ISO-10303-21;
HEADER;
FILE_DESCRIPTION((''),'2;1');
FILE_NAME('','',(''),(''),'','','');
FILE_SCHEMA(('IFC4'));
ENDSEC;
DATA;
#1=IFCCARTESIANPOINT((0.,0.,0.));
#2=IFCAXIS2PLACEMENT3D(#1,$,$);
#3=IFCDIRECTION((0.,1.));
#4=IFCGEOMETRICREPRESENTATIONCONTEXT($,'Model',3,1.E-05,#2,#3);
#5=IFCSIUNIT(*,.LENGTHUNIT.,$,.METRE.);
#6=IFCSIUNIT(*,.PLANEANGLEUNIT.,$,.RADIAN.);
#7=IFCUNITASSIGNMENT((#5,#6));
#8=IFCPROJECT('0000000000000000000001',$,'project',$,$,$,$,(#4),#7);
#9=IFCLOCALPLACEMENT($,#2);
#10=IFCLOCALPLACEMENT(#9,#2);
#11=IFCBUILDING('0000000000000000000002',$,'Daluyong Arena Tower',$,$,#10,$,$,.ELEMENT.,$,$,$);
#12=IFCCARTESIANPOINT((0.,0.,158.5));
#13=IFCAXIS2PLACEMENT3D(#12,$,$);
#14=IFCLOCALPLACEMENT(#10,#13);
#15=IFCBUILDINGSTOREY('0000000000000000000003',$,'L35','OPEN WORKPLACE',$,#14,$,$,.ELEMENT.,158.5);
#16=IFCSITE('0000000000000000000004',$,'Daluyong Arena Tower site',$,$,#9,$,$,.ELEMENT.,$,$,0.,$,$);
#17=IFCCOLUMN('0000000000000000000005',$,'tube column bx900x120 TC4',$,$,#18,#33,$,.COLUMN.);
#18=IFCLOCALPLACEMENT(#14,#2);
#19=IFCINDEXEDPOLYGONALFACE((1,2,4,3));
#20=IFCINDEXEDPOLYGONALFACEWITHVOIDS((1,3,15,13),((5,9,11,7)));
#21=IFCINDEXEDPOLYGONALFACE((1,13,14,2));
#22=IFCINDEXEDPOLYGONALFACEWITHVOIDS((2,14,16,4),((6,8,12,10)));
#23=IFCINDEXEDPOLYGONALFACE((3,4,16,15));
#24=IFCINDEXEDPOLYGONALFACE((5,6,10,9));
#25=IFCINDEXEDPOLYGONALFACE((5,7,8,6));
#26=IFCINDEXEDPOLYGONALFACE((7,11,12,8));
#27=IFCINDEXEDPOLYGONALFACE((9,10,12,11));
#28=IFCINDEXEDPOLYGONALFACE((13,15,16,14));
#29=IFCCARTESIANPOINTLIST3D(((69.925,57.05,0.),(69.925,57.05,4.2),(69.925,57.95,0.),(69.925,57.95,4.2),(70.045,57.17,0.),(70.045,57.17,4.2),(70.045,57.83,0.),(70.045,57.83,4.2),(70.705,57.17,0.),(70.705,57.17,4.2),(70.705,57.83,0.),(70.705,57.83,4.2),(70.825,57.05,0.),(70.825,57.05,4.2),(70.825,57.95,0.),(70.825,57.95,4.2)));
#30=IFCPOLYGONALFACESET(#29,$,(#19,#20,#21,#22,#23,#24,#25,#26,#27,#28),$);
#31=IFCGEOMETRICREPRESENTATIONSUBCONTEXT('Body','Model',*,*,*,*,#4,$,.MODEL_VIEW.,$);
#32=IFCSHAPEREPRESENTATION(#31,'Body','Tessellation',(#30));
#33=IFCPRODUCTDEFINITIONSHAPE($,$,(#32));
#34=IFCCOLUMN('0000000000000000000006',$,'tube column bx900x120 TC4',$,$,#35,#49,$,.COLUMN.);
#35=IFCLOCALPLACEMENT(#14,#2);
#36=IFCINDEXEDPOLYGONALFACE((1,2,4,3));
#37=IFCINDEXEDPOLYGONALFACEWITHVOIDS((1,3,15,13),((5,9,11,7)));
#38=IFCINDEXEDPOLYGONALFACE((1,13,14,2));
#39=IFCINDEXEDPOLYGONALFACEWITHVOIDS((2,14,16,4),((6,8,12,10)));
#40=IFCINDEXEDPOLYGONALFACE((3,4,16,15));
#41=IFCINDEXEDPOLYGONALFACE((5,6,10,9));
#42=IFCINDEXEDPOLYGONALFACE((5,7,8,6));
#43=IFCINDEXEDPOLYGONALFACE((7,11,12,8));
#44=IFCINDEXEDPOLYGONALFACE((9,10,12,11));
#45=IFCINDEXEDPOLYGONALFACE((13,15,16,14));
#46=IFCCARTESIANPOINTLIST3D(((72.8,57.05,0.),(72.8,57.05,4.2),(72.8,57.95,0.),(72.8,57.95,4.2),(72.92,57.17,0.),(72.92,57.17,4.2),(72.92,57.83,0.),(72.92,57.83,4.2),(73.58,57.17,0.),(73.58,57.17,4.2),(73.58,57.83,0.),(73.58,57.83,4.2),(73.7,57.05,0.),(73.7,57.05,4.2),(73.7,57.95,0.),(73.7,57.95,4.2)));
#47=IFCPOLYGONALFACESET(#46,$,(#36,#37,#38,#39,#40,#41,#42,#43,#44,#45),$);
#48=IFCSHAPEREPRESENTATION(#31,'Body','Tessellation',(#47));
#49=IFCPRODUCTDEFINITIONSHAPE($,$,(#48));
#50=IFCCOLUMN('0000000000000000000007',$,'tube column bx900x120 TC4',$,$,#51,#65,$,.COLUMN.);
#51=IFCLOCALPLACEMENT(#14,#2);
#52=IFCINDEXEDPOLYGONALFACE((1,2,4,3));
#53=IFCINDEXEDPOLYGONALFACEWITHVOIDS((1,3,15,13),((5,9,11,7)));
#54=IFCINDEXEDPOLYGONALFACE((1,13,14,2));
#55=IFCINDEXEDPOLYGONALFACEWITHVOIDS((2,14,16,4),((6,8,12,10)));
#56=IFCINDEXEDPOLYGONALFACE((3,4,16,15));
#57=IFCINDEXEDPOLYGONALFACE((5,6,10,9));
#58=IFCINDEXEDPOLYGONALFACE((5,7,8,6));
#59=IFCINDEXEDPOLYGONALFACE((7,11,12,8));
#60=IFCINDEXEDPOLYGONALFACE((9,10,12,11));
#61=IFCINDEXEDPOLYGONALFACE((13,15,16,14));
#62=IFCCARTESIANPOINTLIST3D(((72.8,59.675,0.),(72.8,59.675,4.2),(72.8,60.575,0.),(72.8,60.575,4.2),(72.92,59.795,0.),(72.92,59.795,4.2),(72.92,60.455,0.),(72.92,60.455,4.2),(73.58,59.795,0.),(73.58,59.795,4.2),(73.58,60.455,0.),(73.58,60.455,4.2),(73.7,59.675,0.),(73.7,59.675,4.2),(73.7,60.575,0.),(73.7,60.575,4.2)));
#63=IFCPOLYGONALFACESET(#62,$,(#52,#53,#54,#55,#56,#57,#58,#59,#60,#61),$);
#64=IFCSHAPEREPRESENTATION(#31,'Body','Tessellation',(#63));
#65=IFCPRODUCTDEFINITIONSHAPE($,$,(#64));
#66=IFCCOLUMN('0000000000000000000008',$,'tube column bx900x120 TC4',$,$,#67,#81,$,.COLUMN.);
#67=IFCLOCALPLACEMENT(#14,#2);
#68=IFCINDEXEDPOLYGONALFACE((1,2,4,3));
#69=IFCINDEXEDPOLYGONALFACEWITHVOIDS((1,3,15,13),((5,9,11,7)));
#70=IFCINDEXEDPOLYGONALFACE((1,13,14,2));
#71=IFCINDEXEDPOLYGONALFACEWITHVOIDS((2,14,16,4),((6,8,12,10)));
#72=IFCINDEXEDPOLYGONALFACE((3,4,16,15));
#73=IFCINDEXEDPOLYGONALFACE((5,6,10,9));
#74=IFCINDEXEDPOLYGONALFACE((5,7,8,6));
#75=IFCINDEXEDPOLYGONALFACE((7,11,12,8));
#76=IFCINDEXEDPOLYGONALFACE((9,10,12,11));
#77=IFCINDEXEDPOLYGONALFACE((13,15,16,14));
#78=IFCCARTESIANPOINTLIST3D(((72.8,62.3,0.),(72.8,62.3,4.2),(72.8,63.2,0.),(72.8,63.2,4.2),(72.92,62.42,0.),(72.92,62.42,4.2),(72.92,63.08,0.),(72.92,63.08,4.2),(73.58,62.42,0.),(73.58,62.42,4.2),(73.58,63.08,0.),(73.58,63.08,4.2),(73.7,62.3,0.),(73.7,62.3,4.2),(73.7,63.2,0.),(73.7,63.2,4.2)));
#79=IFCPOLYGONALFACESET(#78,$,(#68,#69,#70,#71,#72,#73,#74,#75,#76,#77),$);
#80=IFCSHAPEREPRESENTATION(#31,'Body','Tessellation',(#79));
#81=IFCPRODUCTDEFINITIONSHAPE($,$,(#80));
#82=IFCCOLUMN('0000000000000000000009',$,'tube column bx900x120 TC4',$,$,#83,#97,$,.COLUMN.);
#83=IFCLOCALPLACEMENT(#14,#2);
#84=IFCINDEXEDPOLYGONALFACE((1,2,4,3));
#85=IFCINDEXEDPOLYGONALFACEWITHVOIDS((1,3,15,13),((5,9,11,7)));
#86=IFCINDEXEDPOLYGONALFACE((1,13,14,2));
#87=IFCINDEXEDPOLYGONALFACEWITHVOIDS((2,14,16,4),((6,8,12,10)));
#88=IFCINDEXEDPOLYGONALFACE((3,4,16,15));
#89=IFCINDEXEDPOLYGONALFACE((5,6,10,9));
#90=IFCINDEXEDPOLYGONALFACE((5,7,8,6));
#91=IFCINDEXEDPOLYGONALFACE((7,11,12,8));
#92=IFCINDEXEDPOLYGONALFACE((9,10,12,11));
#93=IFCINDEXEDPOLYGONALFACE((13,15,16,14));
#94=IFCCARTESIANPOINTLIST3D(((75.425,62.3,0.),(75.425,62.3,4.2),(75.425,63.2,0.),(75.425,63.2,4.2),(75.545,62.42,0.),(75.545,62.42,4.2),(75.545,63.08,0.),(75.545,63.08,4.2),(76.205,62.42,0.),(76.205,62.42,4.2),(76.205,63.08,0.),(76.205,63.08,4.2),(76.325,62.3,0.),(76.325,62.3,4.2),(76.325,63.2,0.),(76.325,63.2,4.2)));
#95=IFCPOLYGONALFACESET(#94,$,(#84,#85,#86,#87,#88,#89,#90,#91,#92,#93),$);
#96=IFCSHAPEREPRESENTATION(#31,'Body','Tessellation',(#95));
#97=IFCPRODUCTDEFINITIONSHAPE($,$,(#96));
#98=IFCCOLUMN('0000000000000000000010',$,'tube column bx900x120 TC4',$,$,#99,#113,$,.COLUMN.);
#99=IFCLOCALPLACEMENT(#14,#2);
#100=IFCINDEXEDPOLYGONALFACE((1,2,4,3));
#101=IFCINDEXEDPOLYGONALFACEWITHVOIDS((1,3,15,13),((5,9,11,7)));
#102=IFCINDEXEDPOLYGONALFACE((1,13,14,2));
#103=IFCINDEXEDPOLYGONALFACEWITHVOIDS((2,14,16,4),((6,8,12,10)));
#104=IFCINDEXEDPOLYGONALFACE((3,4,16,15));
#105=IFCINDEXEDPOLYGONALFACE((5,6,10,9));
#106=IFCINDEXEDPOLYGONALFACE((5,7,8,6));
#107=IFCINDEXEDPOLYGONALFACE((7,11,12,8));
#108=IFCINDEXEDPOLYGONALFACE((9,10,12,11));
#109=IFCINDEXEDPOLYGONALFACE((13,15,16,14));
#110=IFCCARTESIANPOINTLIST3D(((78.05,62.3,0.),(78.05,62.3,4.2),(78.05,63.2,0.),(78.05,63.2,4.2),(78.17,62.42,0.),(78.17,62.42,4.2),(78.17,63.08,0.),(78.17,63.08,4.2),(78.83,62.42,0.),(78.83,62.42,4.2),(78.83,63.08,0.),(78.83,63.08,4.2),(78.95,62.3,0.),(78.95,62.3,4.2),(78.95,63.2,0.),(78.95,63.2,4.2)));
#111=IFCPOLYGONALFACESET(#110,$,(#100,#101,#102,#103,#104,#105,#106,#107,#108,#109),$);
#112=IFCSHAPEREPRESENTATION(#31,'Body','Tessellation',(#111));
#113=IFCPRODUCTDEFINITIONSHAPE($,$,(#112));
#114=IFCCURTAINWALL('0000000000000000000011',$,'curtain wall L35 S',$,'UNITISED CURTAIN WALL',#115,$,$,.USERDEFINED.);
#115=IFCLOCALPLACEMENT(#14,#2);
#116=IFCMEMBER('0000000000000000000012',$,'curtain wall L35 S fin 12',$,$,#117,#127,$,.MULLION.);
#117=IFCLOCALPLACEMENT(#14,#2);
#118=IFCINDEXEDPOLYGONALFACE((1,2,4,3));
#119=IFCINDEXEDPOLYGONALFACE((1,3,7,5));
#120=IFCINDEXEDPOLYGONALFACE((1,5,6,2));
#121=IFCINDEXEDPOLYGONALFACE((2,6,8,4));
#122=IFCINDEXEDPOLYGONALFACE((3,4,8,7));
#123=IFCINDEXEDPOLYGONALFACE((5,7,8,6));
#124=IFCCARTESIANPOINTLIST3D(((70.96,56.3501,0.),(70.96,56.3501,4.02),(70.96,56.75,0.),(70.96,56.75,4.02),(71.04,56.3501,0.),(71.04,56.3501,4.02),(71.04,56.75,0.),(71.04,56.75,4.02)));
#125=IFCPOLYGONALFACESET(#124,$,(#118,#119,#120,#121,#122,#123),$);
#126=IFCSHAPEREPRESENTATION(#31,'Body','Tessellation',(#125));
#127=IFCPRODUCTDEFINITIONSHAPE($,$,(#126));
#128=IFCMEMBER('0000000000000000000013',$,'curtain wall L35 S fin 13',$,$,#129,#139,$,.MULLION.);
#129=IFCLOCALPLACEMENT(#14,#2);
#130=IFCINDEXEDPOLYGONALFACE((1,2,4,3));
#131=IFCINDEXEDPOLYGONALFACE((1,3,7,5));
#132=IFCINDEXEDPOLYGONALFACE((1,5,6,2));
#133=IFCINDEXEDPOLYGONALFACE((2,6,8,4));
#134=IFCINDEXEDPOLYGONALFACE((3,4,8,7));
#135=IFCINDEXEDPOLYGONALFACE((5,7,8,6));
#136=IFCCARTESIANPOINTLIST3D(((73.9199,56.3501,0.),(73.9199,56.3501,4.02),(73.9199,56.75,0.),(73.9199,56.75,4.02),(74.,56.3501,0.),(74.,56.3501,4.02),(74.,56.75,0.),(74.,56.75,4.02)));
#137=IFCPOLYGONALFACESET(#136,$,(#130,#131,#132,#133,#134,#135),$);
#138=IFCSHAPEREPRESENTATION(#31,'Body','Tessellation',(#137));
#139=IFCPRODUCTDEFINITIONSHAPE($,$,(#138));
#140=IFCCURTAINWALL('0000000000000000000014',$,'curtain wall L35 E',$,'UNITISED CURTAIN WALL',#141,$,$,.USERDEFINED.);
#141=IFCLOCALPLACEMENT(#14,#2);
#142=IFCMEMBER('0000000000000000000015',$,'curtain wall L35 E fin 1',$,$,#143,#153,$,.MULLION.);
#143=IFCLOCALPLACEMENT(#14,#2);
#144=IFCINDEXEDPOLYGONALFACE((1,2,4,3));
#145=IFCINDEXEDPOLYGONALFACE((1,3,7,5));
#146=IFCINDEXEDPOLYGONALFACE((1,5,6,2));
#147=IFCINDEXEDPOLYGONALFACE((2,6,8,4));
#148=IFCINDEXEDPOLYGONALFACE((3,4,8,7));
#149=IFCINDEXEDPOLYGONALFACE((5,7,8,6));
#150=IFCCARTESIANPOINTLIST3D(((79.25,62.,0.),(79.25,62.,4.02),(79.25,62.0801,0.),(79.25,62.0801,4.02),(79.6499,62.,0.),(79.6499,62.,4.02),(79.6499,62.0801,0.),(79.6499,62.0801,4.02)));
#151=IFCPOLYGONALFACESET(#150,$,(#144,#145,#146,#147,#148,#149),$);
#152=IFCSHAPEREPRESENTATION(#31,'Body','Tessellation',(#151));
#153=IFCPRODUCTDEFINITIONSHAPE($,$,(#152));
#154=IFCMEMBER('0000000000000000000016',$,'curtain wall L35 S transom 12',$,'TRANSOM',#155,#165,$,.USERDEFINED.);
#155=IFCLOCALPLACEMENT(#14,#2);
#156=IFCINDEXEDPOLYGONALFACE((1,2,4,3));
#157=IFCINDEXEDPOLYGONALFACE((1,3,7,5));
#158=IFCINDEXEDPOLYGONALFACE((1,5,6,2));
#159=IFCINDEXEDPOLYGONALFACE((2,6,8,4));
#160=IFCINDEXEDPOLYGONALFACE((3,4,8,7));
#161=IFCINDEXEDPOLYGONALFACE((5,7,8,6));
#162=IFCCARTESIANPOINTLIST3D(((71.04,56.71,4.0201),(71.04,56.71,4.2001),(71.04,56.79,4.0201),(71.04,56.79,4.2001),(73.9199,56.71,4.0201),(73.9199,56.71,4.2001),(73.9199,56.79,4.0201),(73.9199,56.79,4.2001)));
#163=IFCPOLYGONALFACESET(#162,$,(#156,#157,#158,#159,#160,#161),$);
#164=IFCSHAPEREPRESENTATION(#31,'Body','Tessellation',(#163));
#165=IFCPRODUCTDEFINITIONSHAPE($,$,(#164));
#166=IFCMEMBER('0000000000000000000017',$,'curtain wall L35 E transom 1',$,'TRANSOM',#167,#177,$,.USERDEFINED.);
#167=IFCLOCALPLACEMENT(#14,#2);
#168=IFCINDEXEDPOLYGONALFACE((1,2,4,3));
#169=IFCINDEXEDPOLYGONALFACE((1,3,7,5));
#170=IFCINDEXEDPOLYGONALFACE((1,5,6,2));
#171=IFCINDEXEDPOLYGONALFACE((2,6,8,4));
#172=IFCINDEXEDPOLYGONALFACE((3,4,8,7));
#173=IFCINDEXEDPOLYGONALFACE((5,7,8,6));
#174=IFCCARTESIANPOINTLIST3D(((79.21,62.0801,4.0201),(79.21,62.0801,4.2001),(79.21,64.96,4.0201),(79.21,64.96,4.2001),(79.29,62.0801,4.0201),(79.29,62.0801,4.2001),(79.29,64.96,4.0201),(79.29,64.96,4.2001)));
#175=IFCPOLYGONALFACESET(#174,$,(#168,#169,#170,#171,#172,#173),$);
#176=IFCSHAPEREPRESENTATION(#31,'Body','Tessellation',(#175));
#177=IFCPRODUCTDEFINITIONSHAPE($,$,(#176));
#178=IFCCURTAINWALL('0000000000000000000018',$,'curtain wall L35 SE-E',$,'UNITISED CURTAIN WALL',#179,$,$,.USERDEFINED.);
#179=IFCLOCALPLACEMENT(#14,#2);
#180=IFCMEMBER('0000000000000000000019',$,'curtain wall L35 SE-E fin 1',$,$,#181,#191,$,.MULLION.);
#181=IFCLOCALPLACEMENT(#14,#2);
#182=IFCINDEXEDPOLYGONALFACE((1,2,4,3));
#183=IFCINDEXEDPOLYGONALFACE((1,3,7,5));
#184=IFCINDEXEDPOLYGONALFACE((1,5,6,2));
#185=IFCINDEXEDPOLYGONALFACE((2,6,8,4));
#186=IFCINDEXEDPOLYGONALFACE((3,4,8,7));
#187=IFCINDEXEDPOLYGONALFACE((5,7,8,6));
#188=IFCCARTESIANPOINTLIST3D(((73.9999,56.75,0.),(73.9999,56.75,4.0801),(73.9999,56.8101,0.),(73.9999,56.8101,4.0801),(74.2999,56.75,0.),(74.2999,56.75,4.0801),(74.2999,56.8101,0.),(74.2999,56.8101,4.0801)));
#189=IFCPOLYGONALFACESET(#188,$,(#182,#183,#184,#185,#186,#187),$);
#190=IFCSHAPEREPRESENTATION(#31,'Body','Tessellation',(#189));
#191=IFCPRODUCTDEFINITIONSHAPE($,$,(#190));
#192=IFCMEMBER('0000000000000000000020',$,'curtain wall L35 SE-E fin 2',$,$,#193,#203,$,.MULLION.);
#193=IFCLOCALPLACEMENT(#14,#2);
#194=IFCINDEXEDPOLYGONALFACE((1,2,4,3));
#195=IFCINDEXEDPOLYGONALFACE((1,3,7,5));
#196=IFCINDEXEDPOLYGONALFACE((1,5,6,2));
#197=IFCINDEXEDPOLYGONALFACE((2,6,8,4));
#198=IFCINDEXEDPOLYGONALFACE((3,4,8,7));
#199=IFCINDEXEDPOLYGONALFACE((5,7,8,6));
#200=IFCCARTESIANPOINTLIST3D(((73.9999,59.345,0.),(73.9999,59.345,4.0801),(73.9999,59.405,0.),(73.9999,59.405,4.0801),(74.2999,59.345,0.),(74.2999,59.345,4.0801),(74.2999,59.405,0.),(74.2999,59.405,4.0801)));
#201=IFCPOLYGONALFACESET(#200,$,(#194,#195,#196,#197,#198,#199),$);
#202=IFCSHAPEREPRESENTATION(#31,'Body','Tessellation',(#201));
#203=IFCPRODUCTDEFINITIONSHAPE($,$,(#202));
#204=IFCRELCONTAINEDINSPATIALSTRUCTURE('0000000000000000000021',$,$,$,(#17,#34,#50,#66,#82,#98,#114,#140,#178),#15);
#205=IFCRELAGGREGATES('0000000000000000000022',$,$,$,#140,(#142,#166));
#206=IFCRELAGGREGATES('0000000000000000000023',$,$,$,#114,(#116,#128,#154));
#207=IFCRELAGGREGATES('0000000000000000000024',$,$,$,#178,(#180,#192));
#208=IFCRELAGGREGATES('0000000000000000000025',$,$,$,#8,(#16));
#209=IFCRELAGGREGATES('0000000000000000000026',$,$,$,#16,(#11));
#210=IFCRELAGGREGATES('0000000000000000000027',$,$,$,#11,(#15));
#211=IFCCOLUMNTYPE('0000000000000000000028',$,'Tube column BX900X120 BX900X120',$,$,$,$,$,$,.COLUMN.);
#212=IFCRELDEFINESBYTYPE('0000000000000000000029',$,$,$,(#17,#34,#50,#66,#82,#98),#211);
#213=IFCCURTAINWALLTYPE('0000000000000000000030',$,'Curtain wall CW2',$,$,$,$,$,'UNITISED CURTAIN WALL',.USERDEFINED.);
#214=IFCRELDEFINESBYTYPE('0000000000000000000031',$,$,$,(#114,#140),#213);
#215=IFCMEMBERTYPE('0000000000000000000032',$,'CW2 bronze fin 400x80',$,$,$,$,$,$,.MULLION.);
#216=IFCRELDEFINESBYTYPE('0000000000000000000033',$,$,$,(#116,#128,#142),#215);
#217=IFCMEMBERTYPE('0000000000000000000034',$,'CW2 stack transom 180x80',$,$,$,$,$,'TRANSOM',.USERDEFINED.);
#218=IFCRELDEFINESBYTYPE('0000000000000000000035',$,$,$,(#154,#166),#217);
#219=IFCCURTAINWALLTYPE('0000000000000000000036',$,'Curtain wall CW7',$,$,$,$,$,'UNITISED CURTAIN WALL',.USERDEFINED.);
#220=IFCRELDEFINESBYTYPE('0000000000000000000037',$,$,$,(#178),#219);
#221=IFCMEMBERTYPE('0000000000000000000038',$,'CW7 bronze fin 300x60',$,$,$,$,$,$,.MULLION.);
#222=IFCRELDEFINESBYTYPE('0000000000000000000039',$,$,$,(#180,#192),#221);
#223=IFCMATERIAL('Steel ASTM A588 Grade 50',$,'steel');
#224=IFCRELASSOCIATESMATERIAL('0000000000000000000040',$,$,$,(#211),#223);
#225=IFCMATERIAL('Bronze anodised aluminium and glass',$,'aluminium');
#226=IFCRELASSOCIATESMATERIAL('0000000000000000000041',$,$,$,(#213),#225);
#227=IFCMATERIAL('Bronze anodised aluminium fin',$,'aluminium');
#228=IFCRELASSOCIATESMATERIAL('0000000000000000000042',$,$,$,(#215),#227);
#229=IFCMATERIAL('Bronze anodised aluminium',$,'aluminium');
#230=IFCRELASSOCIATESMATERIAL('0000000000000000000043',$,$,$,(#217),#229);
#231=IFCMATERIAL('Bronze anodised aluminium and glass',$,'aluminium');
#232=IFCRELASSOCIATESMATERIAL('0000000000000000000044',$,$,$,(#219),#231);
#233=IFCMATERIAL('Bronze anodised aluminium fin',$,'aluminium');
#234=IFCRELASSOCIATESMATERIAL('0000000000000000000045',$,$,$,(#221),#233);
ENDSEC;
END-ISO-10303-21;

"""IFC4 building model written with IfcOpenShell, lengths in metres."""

from ifc_helpers import new_model, si_unit, direction, frame, origin, origin_2d, place, context, subcontext, project, spatial, rectangle, hollow_rectangle, extrude, material, material_profile, profile_set, type_object, element, aggregate, save


model = new_model("IFC4")

# Units and contexts
model_context = context("Model", 3, precision=1e-05, world=origin(), true_north=direction((0.0, 1.0)))
body_context = subcontext(model_context, "Body", "Model", "MODEL_VIEW")
ifc_project = project(units=[si_unit("LENGTHUNIT", "METRE"), si_unit("PLANEANGLEUNIT", "RADIAN")], contexts=[model_context])

# Site, building, storey
site_placement = place(None, origin())
site = spatial("IfcSite", under=ifc_project, at=site_placement, Name="Daluyong Arena Tower site", CompositionType="ELEMENT", RefElevation=0.0)
building_placement = place(site_placement, origin())
building = spatial("IfcBuilding", under=site, at=building_placement, Name="Daluyong Arena Tower", CompositionType="ELEMENT")
storey_placement = place(building_placement, frame((0.0, 0.0, 158.5)))
storey = spatial("IfcBuildingStorey", under=building, at=storey_placement, Name="L35", Description="OPEN WORKPLACE", CompositionType="ELEMENT", Elevation=158.5)

# Columns
ifc_material_1 = material(Name="Steel ASTM A588 Grade 50", Category="steel")
ifc_material_profile_1 = material_profile(ifc_material_1, hollow_rectangle(XDim=0.8999, YDim=0.8999, WallThickness=0.12, at=origin_2d()))
ifc_profile_set_1 = profile_set([ifc_material_profile_1], Name="Steel ASTM A588 Grade 50")
column_type = type_object("IfcColumnType", Name="Tube column BX900X120 BX900X120", PredefinedType="COLUMN", material=ifc_profile_set_1)
for number, where, z_axis, x_axis, name in (
    (1, (70.375, 57.5, 0.0), (0.0, 0.0, 1.0), (1.0, 0.0, 0.0), "tube column bx900x120 TC4"),
    (2, (73.25, 57.5, 0.0), (0.0, 0.0, 1.0), (0.0, 1.0, 0.0), "tube column bx900x120 TC4"),
    (3, (73.25, 60.125, 0.0), (0.0, 0.0, 1.0), (0.0, 1.0, 0.0), "tube column bx900x120 TC4"),
    (4, (73.25, 62.75, 0.0), (0.0, 0.0, 1.0), (1.0, 0.0, 0.0), "tube column bx900x120 TC4"),
    (5, (75.875, 62.75, 0.0), (0.0, 0.0, 1.0), (1.0, 0.0, 0.0), "tube column bx900x120 TC4"),
    (6, (78.5, 62.75, 0.0), (0.0, 0.0, 1.0), (0.0, 1.0, 0.0), "tube column bx900x120 TC4"),
):
    element("IfcColumn", number, at=place(storey_placement, frame(where, z_axis=z_axis, x_axis=x_axis)), inside=storey, type_object=column_type, Name=name, PredefinedType="COLUMN", context=body_context, shape_type="SweptSolid", body=[
        extrude(hollow_rectangle(XDim=0.8999, YDim=0.8999, WallThickness=0.12, at=origin_2d()), origin(), (0.0, 0.0, 1.0), 4.2),
    ])

# Curtain wall, members
ifc_material_2 = material(Name="Bronze anodised aluminium and glass", Category="aluminium")
curtain_wall_type_1 = type_object("IfcCurtainWallType", Name="Curtain wall CW2", ElementType="UNITISED CURTAIN WALL", PredefinedType="USERDEFINED", material=ifc_material_2)
curtain_wall_1_placement = place(storey_placement, origin())
curtain_wall_1 = element("IfcCurtainWall", 7, at=curtain_wall_1_placement, inside=storey, type_object=curtain_wall_type_1, Name="curtain wall L35 S", ObjectType="UNITISED CURTAIN WALL", PredefinedType="USERDEFINED")
ifc_material_3 = material(Name="Bronze anodised aluminium fin", Category="aluminium")
ifc_material_profile_2 = material_profile(ifc_material_3, rectangle(XDim=0.3999, YDim=0.0801, at=origin_2d()))
ifc_profile_set_2 = profile_set([ifc_material_profile_2], Name="Bronze anodised aluminium fin")
member_type_1 = type_object("IfcMemberType", Name="CW2 bronze fin 400x80", PredefinedType="MULLION", material=ifc_profile_set_2)
member_1_placement = place(storey_placement, frame((71.0, 56.55, 0.0), z_axis=(0.0, 0.0, 1.0), x_axis=(0.0, 1.0, 0.0)))
member_1 = element("IfcMember", 8, at=member_1_placement, type_object=member_type_1, Name="curtain wall L35 S fin 12", PredefinedType="MULLION", context=body_context, shape_type="SweptSolid", body=[
    extrude(rectangle(XDim=0.3999, YDim=0.0801, at=origin_2d()), origin(), (0.0, 0.0, 1.0), 4.02),
])
member_2_placement = place(storey_placement, frame((73.96, 56.55, 0.0), z_axis=(0.0, 0.0, 1.0), x_axis=(0.0, 1.0, 0.0)))
member_2 = element("IfcMember", 9, at=member_2_placement, type_object=member_type_1, Name="curtain wall L35 S fin 13", PredefinedType="MULLION", context=body_context, shape_type="SweptSolid", body=[
    extrude(rectangle(XDim=0.3999, YDim=0.0801, at=origin_2d()), origin(), (0.0, 0.0, 1.0), 4.02),
])

# Curtain wall, member
curtain_wall_2_placement = place(storey_placement, origin())
curtain_wall_2 = element("IfcCurtainWall", 10, at=curtain_wall_2_placement, inside=storey, type_object=curtain_wall_type_1, Name="curtain wall L35 E", ObjectType="UNITISED CURTAIN WALL", PredefinedType="USERDEFINED")
member_3_placement = place(storey_placement, frame((79.45, 62.04, 0.0), z_axis=(0.0, 0.0, 1.0), x_axis=(-1.0, 0.0, 0.0)))
member_3 = element("IfcMember", 11, at=member_3_placement, type_object=member_type_1, Name="curtain wall L35 E fin 1", PredefinedType="MULLION", context=body_context, shape_type="SweptSolid", body=[
    extrude(rectangle(XDim=0.3999, YDim=0.0801, at=origin_2d()), origin(), (0.0, 0.0, 1.0), 4.02),
])

# Members
ifc_material_4 = material(Name="Bronze anodised aluminium", Category="aluminium")
ifc_material_profile_3 = material_profile(ifc_material_4, rectangle(XDim=0.0801, YDim=0.1799, at=origin_2d()))
ifc_profile_set_3 = profile_set([ifc_material_profile_3], Name="Bronze anodised aluminium")
member_type_2 = type_object("IfcMemberType", Name="CW2 stack transom 180x80", ElementType="TRANSOM", PredefinedType="USERDEFINED", material=ifc_profile_set_3)
member_4_placement = place(storey_placement, frame((71.04, 56.75, 4.1101), z_axis=(1.0, 0.0, 0.0), x_axis=(0.0, 1.0, 0.0)))
member_4 = element("IfcMember", 12, at=member_4_placement, type_object=member_type_2, Name="curtain wall L35 S transom 12", ObjectType="TRANSOM", PredefinedType="USERDEFINED", context=body_context, shape_type="SweptSolid", body=[
    extrude(rectangle(XDim=0.0801, YDim=0.1799, at=origin_2d()), origin(), (0.0, 0.0, 1.0), 2.8799),
])
member_5_placement = place(storey_placement, frame((79.25, 62.0801, 4.1101), z_axis=(0.0, 1.0, 0.0), x_axis=(-1.0, 0.0, 0.0)))
member_5 = element("IfcMember", 13, at=member_5_placement, type_object=member_type_2, Name="curtain wall L35 E transom 1", ObjectType="TRANSOM", PredefinedType="USERDEFINED", context=body_context, shape_type="SweptSolid", body=[
    extrude(rectangle(XDim=0.0801, YDim=0.1799, at=origin_2d()), origin(), (0.0, 0.0, 1.0), 2.8799),
])
aggregate(curtain_wall_2, [member_3, member_5])

# Curtain wall, members
ifc_material_5 = material(Name="Bronze anodised aluminium and glass", Category="aluminium")
curtain_wall_type_2 = type_object("IfcCurtainWallType", Name="Curtain wall CW7", ElementType="UNITISED CURTAIN WALL", PredefinedType="USERDEFINED", material=ifc_material_5)
curtain_wall_3_placement = place(storey_placement, origin())
curtain_wall_3 = element("IfcCurtainWall", 14, at=curtain_wall_3_placement, inside=storey, type_object=curtain_wall_type_2, Name="curtain wall L35 SE-E", ObjectType="UNITISED CURTAIN WALL", PredefinedType="USERDEFINED")
ifc_material_6 = material(Name="Bronze anodised aluminium fin", Category="aluminium")
ifc_material_profile_4 = material_profile(ifc_material_6, rectangle(XDim=0.3, YDim=0.0601, at=origin_2d()))
ifc_profile_set_4 = profile_set([ifc_material_profile_4], Name="Bronze anodised aluminium fin")
member_type_3 = type_object("IfcMemberType", Name="CW7 bronze fin 300x60", PredefinedType="MULLION", material=ifc_profile_set_4)
member_6_placement = place(storey_placement, frame((74.1499, 56.78, 0.0), z_axis=(0.0, 0.0, 1.0), x_axis=(-1.0, 0.0, 0.0)))
member_6 = element("IfcMember", 15, at=member_6_placement, type_object=member_type_3, Name="curtain wall L35 SE-E fin 1", PredefinedType="MULLION", context=body_context, shape_type="SweptSolid", body=[
    extrude(rectangle(XDim=0.3, YDim=0.0601, at=origin_2d()), origin(), (0.0, 0.0, 1.0), 4.0801),
])
member_7_placement = place(storey_placement, frame((74.1499, 59.375, 0.0), z_axis=(0.0, 0.0, 1.0), x_axis=(-1.0, 0.0, 0.0)))
member_7 = element("IfcMember", 16, at=member_7_placement, type_object=member_type_3, Name="curtain wall L35 SE-E fin 2", PredefinedType="MULLION", context=body_context, shape_type="SweptSolid", body=[
    extrude(rectangle(XDim=0.3, YDim=0.0601, at=origin_2d()), origin(), (0.0, 0.0, 1.0), 4.0801),
])

aggregate(curtain_wall_1, [member_1, member_2, member_4])
aggregate(curtain_wall_3, [member_6, member_7])

save(model, "model.ifc")
